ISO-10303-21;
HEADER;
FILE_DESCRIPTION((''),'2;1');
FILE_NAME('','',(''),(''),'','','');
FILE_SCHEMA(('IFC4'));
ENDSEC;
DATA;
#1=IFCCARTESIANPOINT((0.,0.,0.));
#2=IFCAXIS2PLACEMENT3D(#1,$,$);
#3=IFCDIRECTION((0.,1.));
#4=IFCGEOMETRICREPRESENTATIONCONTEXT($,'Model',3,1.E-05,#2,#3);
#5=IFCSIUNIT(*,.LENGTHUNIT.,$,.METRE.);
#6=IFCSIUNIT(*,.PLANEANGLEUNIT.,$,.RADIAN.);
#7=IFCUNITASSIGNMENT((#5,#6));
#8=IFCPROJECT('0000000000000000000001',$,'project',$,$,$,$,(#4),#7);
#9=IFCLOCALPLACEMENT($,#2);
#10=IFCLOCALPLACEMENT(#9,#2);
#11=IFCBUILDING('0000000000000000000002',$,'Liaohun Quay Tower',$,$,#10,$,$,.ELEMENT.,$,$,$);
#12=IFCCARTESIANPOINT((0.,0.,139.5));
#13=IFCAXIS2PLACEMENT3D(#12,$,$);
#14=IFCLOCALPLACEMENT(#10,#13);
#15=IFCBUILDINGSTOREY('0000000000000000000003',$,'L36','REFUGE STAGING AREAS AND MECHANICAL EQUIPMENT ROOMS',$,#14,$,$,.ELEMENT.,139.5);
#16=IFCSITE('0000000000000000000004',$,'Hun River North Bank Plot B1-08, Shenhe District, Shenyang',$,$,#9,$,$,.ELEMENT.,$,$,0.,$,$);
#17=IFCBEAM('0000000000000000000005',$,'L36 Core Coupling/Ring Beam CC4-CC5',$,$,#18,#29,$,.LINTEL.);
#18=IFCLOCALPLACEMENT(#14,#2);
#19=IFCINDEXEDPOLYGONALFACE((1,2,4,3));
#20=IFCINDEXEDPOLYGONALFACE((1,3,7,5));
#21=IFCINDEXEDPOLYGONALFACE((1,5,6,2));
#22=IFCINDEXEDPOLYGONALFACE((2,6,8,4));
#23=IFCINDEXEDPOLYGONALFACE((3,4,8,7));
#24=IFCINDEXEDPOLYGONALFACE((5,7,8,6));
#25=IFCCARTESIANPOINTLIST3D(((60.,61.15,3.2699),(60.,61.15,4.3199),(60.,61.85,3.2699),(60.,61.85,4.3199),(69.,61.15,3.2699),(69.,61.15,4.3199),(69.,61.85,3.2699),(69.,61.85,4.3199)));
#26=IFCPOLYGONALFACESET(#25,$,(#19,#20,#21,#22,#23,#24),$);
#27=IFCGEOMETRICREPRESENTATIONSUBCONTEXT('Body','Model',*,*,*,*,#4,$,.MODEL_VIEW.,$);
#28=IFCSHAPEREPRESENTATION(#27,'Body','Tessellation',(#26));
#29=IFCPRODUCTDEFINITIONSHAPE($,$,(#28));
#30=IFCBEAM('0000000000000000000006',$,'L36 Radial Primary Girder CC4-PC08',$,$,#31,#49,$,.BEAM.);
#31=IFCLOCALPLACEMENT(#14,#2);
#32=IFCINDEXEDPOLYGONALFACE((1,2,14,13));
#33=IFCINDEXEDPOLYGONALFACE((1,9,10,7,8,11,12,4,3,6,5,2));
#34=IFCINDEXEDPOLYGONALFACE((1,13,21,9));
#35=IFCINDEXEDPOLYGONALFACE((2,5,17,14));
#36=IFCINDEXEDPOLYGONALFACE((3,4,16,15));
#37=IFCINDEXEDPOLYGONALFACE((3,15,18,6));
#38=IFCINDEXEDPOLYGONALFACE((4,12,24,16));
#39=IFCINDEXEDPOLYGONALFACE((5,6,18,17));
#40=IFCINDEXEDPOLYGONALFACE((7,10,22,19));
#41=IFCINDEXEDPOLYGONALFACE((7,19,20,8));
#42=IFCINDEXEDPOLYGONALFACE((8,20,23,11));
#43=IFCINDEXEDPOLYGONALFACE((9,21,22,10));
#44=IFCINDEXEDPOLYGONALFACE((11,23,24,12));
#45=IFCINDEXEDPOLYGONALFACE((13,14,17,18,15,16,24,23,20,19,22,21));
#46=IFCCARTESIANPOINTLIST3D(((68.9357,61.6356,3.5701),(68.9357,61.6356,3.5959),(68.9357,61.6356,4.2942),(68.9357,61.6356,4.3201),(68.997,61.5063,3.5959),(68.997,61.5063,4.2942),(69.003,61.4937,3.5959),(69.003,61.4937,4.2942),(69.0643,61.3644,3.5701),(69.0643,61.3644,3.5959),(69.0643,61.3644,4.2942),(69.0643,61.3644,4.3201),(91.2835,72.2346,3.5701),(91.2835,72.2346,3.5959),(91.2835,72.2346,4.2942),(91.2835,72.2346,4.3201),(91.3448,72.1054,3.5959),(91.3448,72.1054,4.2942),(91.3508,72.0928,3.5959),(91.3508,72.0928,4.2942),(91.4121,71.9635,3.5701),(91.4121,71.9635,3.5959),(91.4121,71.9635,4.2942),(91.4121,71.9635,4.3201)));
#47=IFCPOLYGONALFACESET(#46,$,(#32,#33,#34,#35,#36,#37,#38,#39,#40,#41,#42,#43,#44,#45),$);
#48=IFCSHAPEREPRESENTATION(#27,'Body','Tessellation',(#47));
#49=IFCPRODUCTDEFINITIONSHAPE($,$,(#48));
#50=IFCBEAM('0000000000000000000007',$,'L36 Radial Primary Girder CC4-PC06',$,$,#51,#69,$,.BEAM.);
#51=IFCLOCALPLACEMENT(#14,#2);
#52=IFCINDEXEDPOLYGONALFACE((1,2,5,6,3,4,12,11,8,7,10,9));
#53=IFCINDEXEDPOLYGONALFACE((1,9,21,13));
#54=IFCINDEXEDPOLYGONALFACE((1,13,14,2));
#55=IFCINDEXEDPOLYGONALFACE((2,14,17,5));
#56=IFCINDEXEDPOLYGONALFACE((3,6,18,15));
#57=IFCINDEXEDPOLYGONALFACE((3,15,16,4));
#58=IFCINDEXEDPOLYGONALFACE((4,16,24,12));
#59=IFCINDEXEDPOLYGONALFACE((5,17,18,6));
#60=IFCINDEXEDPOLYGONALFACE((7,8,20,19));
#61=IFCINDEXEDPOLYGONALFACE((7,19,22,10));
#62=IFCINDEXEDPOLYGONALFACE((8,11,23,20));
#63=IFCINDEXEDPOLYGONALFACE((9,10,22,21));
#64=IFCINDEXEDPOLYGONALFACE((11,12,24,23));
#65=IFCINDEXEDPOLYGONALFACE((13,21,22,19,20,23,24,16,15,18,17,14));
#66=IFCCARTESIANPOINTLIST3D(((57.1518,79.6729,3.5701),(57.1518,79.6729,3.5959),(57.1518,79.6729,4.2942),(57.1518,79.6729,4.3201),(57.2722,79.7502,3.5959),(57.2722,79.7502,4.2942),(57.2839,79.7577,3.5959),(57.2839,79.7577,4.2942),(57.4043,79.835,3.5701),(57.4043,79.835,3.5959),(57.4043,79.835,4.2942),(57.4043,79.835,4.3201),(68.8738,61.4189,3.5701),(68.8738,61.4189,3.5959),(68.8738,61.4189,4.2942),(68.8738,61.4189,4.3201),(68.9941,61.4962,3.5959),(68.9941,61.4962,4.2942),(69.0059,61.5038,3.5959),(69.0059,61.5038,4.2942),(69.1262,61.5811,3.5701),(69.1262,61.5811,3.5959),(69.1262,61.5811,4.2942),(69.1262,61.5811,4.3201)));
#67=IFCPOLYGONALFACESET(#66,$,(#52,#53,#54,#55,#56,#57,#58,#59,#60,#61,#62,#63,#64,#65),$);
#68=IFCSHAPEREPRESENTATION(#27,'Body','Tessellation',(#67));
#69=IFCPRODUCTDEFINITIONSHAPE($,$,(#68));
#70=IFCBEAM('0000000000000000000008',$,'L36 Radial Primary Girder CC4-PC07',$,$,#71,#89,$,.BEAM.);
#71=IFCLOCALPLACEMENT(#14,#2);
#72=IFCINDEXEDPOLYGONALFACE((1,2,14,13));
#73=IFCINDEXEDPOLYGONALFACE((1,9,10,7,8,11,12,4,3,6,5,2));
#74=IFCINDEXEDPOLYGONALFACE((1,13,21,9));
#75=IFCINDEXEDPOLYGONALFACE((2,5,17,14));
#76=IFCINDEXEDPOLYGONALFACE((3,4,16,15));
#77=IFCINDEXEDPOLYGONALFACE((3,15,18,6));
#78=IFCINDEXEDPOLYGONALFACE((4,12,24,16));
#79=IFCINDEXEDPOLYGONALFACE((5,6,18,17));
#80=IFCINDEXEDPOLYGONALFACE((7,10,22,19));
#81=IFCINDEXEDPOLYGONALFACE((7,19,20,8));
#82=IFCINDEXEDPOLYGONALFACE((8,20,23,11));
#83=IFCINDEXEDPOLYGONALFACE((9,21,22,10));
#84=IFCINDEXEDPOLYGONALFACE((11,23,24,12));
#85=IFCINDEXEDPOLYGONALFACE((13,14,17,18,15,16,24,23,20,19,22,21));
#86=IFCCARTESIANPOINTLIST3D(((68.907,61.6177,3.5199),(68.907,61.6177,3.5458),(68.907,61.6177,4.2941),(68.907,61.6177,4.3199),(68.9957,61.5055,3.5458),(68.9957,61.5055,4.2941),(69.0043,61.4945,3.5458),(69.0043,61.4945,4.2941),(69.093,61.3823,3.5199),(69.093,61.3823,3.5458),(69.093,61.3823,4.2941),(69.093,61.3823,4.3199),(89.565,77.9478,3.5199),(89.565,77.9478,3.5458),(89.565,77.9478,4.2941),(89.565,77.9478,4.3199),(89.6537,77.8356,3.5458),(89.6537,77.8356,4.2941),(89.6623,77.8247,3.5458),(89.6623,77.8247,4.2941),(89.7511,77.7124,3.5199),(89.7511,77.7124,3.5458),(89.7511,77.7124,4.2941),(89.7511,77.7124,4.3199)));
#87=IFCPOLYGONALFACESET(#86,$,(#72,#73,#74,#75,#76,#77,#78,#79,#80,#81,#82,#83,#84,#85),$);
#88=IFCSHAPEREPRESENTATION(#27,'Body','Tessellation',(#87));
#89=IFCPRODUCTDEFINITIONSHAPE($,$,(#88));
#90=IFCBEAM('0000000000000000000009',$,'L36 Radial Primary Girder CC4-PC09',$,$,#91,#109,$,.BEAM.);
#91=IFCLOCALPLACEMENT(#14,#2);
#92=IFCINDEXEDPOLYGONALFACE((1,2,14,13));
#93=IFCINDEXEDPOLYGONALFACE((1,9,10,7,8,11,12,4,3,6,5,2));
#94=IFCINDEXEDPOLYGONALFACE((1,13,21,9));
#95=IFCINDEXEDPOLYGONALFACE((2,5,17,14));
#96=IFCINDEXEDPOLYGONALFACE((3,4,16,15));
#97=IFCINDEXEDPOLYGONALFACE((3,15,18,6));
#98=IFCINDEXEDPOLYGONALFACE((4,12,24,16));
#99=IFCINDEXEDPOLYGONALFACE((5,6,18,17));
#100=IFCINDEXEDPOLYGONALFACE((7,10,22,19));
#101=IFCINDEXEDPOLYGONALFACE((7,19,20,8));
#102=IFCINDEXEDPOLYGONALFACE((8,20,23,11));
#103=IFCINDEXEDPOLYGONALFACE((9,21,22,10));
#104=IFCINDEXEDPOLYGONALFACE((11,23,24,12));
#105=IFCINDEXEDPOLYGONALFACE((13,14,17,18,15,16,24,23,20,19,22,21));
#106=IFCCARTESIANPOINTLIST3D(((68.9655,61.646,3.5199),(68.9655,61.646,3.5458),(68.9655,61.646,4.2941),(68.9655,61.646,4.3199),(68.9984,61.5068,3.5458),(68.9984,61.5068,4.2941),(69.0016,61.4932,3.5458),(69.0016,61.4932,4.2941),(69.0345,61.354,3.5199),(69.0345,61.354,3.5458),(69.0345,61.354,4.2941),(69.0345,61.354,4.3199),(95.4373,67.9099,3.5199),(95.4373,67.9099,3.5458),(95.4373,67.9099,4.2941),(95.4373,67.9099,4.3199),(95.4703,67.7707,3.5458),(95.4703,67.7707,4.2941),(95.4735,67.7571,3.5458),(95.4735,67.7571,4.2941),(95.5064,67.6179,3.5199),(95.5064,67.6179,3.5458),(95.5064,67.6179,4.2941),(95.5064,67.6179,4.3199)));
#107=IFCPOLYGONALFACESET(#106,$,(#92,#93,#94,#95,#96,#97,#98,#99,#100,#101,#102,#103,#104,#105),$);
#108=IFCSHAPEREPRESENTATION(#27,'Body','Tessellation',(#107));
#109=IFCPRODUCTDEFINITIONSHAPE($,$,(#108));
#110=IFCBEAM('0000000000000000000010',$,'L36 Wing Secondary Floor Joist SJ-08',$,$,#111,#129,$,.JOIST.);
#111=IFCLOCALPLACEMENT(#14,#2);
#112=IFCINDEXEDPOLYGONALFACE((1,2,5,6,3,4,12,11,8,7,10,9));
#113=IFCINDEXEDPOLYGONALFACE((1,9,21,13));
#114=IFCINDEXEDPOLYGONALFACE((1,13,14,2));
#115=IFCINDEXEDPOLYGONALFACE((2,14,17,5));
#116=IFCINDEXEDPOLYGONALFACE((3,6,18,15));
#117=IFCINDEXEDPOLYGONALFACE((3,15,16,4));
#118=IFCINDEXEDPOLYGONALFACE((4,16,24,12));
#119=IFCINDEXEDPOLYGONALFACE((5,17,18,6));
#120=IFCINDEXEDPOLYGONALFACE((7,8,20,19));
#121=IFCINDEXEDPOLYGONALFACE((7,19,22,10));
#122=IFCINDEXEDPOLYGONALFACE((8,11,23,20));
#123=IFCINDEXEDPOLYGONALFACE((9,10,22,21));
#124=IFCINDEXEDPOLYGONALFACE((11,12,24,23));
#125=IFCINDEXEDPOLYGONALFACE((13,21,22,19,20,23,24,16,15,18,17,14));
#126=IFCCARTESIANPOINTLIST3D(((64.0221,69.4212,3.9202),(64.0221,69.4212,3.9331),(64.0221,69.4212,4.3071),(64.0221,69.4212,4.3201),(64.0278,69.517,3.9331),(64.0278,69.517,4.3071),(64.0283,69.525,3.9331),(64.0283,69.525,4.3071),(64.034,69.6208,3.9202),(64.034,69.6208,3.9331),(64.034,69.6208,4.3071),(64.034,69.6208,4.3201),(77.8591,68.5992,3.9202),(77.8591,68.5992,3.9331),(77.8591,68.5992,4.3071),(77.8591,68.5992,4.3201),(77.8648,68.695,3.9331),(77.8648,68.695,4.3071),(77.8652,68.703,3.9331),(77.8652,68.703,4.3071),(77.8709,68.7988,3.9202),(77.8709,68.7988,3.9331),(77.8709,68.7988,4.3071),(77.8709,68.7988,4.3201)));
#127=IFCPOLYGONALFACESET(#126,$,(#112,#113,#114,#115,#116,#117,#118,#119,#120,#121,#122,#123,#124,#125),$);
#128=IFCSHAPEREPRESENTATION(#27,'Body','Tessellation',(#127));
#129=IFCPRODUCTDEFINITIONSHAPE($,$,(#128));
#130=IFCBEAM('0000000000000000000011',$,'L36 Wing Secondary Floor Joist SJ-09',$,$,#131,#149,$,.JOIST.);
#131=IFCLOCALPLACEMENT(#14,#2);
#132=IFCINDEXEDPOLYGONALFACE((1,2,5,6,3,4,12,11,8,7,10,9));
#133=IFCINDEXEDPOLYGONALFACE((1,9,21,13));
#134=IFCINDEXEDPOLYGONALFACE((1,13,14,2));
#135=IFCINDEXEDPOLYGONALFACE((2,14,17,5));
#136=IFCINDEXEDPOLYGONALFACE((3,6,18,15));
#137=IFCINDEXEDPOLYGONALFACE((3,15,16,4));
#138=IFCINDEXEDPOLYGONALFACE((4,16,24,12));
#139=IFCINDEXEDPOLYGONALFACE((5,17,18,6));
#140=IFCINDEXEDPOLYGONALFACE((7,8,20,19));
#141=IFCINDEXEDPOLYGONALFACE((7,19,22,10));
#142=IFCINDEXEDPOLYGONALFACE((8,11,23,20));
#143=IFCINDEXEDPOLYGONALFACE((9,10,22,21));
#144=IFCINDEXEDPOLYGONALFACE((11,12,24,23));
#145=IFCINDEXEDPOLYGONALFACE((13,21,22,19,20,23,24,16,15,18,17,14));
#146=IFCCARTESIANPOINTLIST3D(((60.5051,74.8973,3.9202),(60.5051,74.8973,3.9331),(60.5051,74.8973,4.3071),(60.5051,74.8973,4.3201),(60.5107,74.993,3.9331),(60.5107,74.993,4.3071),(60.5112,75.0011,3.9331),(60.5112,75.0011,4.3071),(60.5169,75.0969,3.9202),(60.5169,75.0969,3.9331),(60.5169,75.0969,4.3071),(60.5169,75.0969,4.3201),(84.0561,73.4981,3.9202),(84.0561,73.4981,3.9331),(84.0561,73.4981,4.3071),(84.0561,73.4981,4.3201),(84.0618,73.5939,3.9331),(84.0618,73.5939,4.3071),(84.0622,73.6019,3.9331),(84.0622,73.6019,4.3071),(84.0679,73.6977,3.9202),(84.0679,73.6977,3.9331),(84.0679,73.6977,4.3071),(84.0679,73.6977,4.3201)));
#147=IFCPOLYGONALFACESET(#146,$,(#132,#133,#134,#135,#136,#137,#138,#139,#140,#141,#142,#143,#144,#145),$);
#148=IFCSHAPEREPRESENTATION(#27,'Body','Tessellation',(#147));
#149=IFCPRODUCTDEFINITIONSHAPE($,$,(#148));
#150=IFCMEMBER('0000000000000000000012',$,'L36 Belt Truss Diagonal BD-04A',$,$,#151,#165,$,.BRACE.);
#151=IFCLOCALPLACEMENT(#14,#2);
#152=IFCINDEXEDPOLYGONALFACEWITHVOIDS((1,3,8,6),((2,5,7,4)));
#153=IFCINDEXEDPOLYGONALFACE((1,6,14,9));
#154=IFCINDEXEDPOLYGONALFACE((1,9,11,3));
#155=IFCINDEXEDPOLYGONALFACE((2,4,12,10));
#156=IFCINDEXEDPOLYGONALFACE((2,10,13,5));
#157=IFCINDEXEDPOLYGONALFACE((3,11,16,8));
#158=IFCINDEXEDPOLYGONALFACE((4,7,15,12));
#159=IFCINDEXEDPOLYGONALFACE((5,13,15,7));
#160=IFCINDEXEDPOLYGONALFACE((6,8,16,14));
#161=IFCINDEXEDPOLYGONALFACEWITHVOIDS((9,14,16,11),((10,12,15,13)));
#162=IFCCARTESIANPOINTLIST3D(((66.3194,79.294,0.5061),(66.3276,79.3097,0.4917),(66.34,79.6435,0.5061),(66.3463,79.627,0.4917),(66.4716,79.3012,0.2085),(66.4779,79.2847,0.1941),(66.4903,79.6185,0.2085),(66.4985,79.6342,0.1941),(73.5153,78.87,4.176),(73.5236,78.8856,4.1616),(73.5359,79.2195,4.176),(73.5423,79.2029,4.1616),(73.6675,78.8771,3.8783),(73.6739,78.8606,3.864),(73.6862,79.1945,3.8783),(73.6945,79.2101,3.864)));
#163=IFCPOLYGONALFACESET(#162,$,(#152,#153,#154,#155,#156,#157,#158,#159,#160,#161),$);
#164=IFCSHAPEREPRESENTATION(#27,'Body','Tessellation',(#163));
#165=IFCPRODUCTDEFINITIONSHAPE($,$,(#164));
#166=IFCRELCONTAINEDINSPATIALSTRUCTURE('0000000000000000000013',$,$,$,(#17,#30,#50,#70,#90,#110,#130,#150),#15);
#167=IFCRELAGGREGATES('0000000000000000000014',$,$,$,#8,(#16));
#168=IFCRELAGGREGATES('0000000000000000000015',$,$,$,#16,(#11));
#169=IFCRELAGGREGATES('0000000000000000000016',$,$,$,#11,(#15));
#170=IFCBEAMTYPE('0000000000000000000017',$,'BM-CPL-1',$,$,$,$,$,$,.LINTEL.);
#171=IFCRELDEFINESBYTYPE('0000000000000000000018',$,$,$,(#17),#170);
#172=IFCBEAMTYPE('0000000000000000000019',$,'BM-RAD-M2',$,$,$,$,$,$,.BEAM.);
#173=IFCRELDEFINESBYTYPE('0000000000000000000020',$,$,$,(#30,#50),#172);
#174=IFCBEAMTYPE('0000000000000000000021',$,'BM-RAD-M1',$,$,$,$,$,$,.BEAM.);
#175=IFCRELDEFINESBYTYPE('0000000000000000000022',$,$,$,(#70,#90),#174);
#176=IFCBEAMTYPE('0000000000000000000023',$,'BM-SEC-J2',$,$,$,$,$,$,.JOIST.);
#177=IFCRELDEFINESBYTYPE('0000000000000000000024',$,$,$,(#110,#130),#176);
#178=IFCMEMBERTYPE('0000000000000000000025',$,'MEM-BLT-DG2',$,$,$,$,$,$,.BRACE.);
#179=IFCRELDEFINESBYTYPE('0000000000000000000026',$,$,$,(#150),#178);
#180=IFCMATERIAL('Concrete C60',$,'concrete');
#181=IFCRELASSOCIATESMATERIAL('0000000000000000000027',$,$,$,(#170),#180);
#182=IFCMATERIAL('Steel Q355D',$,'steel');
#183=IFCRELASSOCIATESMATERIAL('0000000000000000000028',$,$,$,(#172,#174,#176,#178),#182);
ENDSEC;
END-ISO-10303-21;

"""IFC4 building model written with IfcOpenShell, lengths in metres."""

from ifc_helpers import new_model, si_unit, direction, frame, origin, origin_2d, place, context, subcontext, project, spatial, rectangle, hollow_rectangle, i_section, extrude, source, transform, mapped, material, material_profile, profile_set, type_object, element, save


model = new_model("IFC4")

# Units and contexts
model_context = context("Model", 3, precision=1e-05, world=origin(), true_north=direction((0.0, 1.0)))
body_context = subcontext(model_context, "Body", "Model", "MODEL_VIEW")
ifc_project = project(units=[si_unit("LENGTHUNIT", "METRE"), si_unit("PLANEANGLEUNIT", "RADIAN")], contexts=[model_context])

# Site, building, storey
site_placement = place(None, origin())
site = spatial("IfcSite", under=ifc_project, at=site_placement, Name="Hun River North Bank Plot B1-08, Shenhe District, Shenyang", CompositionType="ELEMENT", RefElevation=0.0)
building_placement = place(site_placement, origin())
building = spatial("IfcBuilding", under=site, at=building_placement, Name="Liaohun Quay Tower", CompositionType="ELEMENT")
storey_placement = place(building_placement, frame((0.0, 0.0, 139.5)))
storey = spatial("IfcBuildingStorey", under=building, at=storey_placement, Name="L36", Description="REFUGE STAGING AREAS AND MECHANICAL EQUIPMENT ROOMS", CompositionType="ELEMENT", Elevation=139.5)

# Beams
ifc_material_1 = material(Name="Concrete C60", Category="concrete")
ifc_material_profile_1 = material_profile(ifc_material_1, rectangle(XDim=0.7, YDim=1.05, at=origin_2d()), Name="RC700x1050")
ifc_profile_set_1 = profile_set([ifc_material_profile_1], Name="Concrete C60")
beam_type_1 = type_object("IfcBeamType", Name="BM-CPL-1", PredefinedType="LINTEL", material=ifc_profile_set_1)
shared_shape_1 = source(origin(), body_context, "Body", "SweptSolid", [
    extrude(rectangle(XDim=0.7, YDim=1.05, at=origin_2d()), origin(), (0.0, 0.0, 1.0), 9.0),
])
beam_1_placement = place(storey_placement, frame((69.0, 61.5, 3.7949), z_axis=(-1.0, 0.0, 0.0), x_axis=(0.0, -1.0, 0.0)))
element("IfcBeam", 1, at=beam_1_placement, inside=storey, type_object=beam_type_1, Name="L36 Core Coupling/Ring Beam CC4-CC5", PredefinedType="LINTEL", context=body_context, shape_type="MappedRepresentation", body=[
    mapped(shared_shape_1, transform((0.0, 0.0, 0.0), x_axis=(1.0, 0.0, 0.0), y_axis=(0.0, 1.0, 0.0), z_axis=(0.0, 0.0, 1.0), scale=1.0)),
])
ifc_material_2 = material(Name="Steel Q355D", Category="steel")
ifc_material_profile_2 = material_profile(ifc_material_2, i_section(OverallWidth=0.3, OverallDepth=0.75, WebThickness=0.0139, FlangeThickness=0.0259, at=origin_2d()), Name="HN750x300x14x26")
ifc_profile_set_2 = profile_set([ifc_material_profile_2], Name="Steel Q355D")
beam_type_2 = type_object("IfcBeamType", Name="BM-RAD-M2", PredefinedType="BEAM", material=ifc_profile_set_2)
shared_shape_2 = source(origin(), body_context, "Body", "SweptSolid", [
    extrude(i_section(OverallWidth=0.3, OverallDepth=0.75, WebThickness=0.0139, FlangeThickness=0.0259, at=origin_2d()), origin(), (0.0, 0.0, 1.0), 24.7339),
])
beam_2_placement = place(storey_placement, frame((69.0, 61.5, 3.9451), z_axis=(0.90353, 0.428525, 0.0), x_axis=(-0.428525, 0.90353, 0.0)))
element("IfcBeam", 2, at=beam_2_placement, inside=storey, type_object=beam_type_2, Name="L36 Radial Primary Girder CC4-PC08", PredefinedType="BEAM", context=body_context, shape_type="MappedRepresentation", body=[
    mapped(shared_shape_2, transform((0.0, 0.0, 0.0), x_axis=(1.0, 0.0, 0.0), y_axis=(0.0, 1.0, 0.0), z_axis=(0.0, 0.0, 1.0), scale=1.0)),
])
shared_shape_3 = source(origin(), body_context, "Body", "SweptSolid", [
    extrude(i_section(OverallWidth=0.3, OverallDepth=0.75, WebThickness=0.0139, FlangeThickness=0.0259, at=origin_2d()), origin(), (0.0, 0.0, 1.0), 21.6936),
])
beam_3_placement = place(storey_placement, frame((69.0, 61.5, 3.9451), z_axis=(-0.540342, 0.841445, 0.0), x_axis=(-0.841445, -0.540342, 0.0)))
element("IfcBeam", 3, at=beam_3_placement, inside=storey, type_object=beam_type_2, Name="L36 Radial Primary Girder CC4-PC06", PredefinedType="BEAM", context=body_context, shape_type="MappedRepresentation", body=[
    mapped(shared_shape_3, transform((0.0, 0.0, 0.0), x_axis=(1.0, 0.0, 0.0), y_axis=(0.0, 1.0, 0.0), z_axis=(0.0, 0.0, 1.0), scale=1.0)),
])
ifc_material_profile_3 = material_profile(ifc_material_2, i_section(OverallWidth=0.3, OverallDepth=0.8, WebThickness=0.0139, FlangeThickness=0.0259, at=origin_2d()), Name="HN800x300x14x26")
ifc_profile_set_3 = profile_set([ifc_material_profile_3], Name="Steel Q355D")
beam_type_3 = type_object("IfcBeamType", Name="BM-RAD-M1", PredefinedType="BEAM", material=ifc_profile_set_3)
shared_shape_4 = source(origin(), body_context, "Body", "SweptSolid", [
    extrude(i_section(OverallWidth=0.3, OverallDepth=0.8, WebThickness=0.0139, FlangeThickness=0.0259, at=origin_2d()), origin(), (0.0, 0.0, 1.0), 26.333),
])
beam_4_placement = place(storey_placement, frame((69.0, 61.5, 3.9199), z_axis=(0.784492, 0.620139, 0.0), x_axis=(-0.620139, 0.784492, 0.0)))
element("IfcBeam", 4, at=beam_4_placement, inside=storey, type_object=beam_type_3, Name="L36 Radial Primary Girder CC4-PC07", PredefinedType="BEAM", context=body_context, shape_type="MappedRepresentation", body=[
    mapped(shared_shape_4, transform((0.0, 0.0, 0.0), x_axis=(1.0, 0.0, 0.0), y_axis=(0.0, 1.0, 0.0), z_axis=(0.0, 0.0, 1.0), scale=1.0)),
])
shared_shape_5 = source(origin(), body_context, "Body", "SweptSolid", [
    extrude(i_section(OverallWidth=0.3, OverallDepth=0.8, WebThickness=0.0139, FlangeThickness=0.0259, at=origin_2d()), origin(), (0.0, 0.0, 1.0), 27.2029),
])
beam_5_placement = place(storey_placement, frame((69.0, 61.5, 3.9199), z_axis=(0.973128, 0.230266, 0.0), x_axis=(-0.230266, 0.973128, 0.0)))
element("IfcBeam", 5, at=beam_5_placement, inside=storey, type_object=beam_type_3, Name="L36 Radial Primary Girder CC4-PC09", PredefinedType="BEAM", context=body_context, shape_type="MappedRepresentation", body=[
    mapped(shared_shape_5, transform((0.0, 0.0, 0.0), x_axis=(1.0, 0.0, 0.0), y_axis=(0.0, 1.0, 0.0), z_axis=(0.0, 0.0, 1.0), scale=1.0)),
])
ifc_material_profile_4 = material_profile(ifc_material_2, i_section(OverallWidth=0.2, OverallDepth=0.3999, WebThickness=0.0081, FlangeThickness=0.0129, at=origin_2d()), Name="HN400x200x8x13")
ifc_profile_set_4 = profile_set([ifc_material_profile_4], Name="Steel Q355D")
beam_type_4 = type_object("IfcBeamType", Name="BM-SEC-J2", PredefinedType="JOIST", material=ifc_profile_set_4)
shared_shape_6 = source(origin(), body_context, "Body", "SweptSolid", [
    extrude(i_section(OverallWidth=0.2, OverallDepth=0.3999, WebThickness=0.0081, FlangeThickness=0.0129, at=origin_2d()), origin(), (0.0, 0.0, 1.0), 13.8613),
])
beam_6_placement = place(storey_placement, frame((64.0281, 69.521, 4.1201), z_axis=(0.99824, -0.059303, 0.0), x_axis=(0.059303, 0.99824, 0.0)))
element("IfcBeam", 6, at=beam_6_placement, inside=storey, type_object=beam_type_4, Name="L36 Wing Secondary Floor Joist SJ-08", PredefinedType="JOIST", context=body_context, shape_type="MappedRepresentation", body=[
    mapped(shared_shape_6, transform((0.0, 0.0, 0.0), x_axis=(1.0, 0.0, 0.0), y_axis=(0.0, 1.0, 0.0), z_axis=(0.0, 0.0, 1.0), scale=1.0)),
])
shared_shape_7 = source(origin(), body_context, "Body", "SweptSolid", [
    extrude(i_section(OverallWidth=0.2, OverallDepth=0.3999, WebThickness=0.0081, FlangeThickness=0.0129, at=origin_2d()), origin(), (0.0, 0.0, 1.0), 23.5925),
])
beam_7_placement = place(storey_placement, frame((60.511, 74.9971, 4.1201), z_axis=(0.99824, -0.059306, 0.0), x_axis=(0.059306, 0.99824, 0.0)))
element("IfcBeam", 7, at=beam_7_placement, inside=storey, type_object=beam_type_4, Name="L36 Wing Secondary Floor Joist SJ-09", PredefinedType="JOIST", context=body_context, shape_type="MappedRepresentation", body=[
    mapped(shared_shape_7, transform((0.0, 0.0, 0.0), x_axis=(1.0, 0.0, 0.0), y_axis=(0.0, 1.0, 0.0), z_axis=(0.0, 0.0, 1.0), scale=1.0)),
])

# Member
ifc_material_profile_5 = material_profile(ifc_material_2, hollow_rectangle(XDim=0.3501, YDim=0.3501, WallThickness=0.0161, at=origin_2d()), Name="SHS350x350x16")
ifc_profile_set_5 = profile_set([ifc_material_profile_5], Name="Steel Q355D")
member_type = type_object("IfcMemberType", Name="MEM-BLT-DG2", PredefinedType="BRACE", material=ifc_profile_set_5)
shared_shape_8 = source(origin(), body_context, "Body", "SweptSolid", [
    extrude(hollow_rectangle(XDim=0.3501, YDim=0.3501, WallThickness=0.0161, at=origin_2d()), origin(), (0.0, 0.0, 1.0), 8.0889),
])
member_placement = place(storey_placement, frame((66.4089, 79.4641, 0.3501), z_axis=(0.889613, -0.052426, 0.453695), x_axis=(0.058829, 0.998268, 0.0)))
element("IfcMember", 8, at=member_placement, inside=storey, type_object=member_type, Name="L36 Belt Truss Diagonal BD-04A", PredefinedType="BRACE", context=body_context, shape_type="MappedRepresentation", body=[
    mapped(shared_shape_8, transform((0.0, 0.0, 0.0), x_axis=(1.0, 0.0, 0.0), y_axis=(0.0, 1.0, 0.0), z_axis=(0.0, 0.0, 1.0), scale=1.0)),
])

save(model, "model.ifc")
